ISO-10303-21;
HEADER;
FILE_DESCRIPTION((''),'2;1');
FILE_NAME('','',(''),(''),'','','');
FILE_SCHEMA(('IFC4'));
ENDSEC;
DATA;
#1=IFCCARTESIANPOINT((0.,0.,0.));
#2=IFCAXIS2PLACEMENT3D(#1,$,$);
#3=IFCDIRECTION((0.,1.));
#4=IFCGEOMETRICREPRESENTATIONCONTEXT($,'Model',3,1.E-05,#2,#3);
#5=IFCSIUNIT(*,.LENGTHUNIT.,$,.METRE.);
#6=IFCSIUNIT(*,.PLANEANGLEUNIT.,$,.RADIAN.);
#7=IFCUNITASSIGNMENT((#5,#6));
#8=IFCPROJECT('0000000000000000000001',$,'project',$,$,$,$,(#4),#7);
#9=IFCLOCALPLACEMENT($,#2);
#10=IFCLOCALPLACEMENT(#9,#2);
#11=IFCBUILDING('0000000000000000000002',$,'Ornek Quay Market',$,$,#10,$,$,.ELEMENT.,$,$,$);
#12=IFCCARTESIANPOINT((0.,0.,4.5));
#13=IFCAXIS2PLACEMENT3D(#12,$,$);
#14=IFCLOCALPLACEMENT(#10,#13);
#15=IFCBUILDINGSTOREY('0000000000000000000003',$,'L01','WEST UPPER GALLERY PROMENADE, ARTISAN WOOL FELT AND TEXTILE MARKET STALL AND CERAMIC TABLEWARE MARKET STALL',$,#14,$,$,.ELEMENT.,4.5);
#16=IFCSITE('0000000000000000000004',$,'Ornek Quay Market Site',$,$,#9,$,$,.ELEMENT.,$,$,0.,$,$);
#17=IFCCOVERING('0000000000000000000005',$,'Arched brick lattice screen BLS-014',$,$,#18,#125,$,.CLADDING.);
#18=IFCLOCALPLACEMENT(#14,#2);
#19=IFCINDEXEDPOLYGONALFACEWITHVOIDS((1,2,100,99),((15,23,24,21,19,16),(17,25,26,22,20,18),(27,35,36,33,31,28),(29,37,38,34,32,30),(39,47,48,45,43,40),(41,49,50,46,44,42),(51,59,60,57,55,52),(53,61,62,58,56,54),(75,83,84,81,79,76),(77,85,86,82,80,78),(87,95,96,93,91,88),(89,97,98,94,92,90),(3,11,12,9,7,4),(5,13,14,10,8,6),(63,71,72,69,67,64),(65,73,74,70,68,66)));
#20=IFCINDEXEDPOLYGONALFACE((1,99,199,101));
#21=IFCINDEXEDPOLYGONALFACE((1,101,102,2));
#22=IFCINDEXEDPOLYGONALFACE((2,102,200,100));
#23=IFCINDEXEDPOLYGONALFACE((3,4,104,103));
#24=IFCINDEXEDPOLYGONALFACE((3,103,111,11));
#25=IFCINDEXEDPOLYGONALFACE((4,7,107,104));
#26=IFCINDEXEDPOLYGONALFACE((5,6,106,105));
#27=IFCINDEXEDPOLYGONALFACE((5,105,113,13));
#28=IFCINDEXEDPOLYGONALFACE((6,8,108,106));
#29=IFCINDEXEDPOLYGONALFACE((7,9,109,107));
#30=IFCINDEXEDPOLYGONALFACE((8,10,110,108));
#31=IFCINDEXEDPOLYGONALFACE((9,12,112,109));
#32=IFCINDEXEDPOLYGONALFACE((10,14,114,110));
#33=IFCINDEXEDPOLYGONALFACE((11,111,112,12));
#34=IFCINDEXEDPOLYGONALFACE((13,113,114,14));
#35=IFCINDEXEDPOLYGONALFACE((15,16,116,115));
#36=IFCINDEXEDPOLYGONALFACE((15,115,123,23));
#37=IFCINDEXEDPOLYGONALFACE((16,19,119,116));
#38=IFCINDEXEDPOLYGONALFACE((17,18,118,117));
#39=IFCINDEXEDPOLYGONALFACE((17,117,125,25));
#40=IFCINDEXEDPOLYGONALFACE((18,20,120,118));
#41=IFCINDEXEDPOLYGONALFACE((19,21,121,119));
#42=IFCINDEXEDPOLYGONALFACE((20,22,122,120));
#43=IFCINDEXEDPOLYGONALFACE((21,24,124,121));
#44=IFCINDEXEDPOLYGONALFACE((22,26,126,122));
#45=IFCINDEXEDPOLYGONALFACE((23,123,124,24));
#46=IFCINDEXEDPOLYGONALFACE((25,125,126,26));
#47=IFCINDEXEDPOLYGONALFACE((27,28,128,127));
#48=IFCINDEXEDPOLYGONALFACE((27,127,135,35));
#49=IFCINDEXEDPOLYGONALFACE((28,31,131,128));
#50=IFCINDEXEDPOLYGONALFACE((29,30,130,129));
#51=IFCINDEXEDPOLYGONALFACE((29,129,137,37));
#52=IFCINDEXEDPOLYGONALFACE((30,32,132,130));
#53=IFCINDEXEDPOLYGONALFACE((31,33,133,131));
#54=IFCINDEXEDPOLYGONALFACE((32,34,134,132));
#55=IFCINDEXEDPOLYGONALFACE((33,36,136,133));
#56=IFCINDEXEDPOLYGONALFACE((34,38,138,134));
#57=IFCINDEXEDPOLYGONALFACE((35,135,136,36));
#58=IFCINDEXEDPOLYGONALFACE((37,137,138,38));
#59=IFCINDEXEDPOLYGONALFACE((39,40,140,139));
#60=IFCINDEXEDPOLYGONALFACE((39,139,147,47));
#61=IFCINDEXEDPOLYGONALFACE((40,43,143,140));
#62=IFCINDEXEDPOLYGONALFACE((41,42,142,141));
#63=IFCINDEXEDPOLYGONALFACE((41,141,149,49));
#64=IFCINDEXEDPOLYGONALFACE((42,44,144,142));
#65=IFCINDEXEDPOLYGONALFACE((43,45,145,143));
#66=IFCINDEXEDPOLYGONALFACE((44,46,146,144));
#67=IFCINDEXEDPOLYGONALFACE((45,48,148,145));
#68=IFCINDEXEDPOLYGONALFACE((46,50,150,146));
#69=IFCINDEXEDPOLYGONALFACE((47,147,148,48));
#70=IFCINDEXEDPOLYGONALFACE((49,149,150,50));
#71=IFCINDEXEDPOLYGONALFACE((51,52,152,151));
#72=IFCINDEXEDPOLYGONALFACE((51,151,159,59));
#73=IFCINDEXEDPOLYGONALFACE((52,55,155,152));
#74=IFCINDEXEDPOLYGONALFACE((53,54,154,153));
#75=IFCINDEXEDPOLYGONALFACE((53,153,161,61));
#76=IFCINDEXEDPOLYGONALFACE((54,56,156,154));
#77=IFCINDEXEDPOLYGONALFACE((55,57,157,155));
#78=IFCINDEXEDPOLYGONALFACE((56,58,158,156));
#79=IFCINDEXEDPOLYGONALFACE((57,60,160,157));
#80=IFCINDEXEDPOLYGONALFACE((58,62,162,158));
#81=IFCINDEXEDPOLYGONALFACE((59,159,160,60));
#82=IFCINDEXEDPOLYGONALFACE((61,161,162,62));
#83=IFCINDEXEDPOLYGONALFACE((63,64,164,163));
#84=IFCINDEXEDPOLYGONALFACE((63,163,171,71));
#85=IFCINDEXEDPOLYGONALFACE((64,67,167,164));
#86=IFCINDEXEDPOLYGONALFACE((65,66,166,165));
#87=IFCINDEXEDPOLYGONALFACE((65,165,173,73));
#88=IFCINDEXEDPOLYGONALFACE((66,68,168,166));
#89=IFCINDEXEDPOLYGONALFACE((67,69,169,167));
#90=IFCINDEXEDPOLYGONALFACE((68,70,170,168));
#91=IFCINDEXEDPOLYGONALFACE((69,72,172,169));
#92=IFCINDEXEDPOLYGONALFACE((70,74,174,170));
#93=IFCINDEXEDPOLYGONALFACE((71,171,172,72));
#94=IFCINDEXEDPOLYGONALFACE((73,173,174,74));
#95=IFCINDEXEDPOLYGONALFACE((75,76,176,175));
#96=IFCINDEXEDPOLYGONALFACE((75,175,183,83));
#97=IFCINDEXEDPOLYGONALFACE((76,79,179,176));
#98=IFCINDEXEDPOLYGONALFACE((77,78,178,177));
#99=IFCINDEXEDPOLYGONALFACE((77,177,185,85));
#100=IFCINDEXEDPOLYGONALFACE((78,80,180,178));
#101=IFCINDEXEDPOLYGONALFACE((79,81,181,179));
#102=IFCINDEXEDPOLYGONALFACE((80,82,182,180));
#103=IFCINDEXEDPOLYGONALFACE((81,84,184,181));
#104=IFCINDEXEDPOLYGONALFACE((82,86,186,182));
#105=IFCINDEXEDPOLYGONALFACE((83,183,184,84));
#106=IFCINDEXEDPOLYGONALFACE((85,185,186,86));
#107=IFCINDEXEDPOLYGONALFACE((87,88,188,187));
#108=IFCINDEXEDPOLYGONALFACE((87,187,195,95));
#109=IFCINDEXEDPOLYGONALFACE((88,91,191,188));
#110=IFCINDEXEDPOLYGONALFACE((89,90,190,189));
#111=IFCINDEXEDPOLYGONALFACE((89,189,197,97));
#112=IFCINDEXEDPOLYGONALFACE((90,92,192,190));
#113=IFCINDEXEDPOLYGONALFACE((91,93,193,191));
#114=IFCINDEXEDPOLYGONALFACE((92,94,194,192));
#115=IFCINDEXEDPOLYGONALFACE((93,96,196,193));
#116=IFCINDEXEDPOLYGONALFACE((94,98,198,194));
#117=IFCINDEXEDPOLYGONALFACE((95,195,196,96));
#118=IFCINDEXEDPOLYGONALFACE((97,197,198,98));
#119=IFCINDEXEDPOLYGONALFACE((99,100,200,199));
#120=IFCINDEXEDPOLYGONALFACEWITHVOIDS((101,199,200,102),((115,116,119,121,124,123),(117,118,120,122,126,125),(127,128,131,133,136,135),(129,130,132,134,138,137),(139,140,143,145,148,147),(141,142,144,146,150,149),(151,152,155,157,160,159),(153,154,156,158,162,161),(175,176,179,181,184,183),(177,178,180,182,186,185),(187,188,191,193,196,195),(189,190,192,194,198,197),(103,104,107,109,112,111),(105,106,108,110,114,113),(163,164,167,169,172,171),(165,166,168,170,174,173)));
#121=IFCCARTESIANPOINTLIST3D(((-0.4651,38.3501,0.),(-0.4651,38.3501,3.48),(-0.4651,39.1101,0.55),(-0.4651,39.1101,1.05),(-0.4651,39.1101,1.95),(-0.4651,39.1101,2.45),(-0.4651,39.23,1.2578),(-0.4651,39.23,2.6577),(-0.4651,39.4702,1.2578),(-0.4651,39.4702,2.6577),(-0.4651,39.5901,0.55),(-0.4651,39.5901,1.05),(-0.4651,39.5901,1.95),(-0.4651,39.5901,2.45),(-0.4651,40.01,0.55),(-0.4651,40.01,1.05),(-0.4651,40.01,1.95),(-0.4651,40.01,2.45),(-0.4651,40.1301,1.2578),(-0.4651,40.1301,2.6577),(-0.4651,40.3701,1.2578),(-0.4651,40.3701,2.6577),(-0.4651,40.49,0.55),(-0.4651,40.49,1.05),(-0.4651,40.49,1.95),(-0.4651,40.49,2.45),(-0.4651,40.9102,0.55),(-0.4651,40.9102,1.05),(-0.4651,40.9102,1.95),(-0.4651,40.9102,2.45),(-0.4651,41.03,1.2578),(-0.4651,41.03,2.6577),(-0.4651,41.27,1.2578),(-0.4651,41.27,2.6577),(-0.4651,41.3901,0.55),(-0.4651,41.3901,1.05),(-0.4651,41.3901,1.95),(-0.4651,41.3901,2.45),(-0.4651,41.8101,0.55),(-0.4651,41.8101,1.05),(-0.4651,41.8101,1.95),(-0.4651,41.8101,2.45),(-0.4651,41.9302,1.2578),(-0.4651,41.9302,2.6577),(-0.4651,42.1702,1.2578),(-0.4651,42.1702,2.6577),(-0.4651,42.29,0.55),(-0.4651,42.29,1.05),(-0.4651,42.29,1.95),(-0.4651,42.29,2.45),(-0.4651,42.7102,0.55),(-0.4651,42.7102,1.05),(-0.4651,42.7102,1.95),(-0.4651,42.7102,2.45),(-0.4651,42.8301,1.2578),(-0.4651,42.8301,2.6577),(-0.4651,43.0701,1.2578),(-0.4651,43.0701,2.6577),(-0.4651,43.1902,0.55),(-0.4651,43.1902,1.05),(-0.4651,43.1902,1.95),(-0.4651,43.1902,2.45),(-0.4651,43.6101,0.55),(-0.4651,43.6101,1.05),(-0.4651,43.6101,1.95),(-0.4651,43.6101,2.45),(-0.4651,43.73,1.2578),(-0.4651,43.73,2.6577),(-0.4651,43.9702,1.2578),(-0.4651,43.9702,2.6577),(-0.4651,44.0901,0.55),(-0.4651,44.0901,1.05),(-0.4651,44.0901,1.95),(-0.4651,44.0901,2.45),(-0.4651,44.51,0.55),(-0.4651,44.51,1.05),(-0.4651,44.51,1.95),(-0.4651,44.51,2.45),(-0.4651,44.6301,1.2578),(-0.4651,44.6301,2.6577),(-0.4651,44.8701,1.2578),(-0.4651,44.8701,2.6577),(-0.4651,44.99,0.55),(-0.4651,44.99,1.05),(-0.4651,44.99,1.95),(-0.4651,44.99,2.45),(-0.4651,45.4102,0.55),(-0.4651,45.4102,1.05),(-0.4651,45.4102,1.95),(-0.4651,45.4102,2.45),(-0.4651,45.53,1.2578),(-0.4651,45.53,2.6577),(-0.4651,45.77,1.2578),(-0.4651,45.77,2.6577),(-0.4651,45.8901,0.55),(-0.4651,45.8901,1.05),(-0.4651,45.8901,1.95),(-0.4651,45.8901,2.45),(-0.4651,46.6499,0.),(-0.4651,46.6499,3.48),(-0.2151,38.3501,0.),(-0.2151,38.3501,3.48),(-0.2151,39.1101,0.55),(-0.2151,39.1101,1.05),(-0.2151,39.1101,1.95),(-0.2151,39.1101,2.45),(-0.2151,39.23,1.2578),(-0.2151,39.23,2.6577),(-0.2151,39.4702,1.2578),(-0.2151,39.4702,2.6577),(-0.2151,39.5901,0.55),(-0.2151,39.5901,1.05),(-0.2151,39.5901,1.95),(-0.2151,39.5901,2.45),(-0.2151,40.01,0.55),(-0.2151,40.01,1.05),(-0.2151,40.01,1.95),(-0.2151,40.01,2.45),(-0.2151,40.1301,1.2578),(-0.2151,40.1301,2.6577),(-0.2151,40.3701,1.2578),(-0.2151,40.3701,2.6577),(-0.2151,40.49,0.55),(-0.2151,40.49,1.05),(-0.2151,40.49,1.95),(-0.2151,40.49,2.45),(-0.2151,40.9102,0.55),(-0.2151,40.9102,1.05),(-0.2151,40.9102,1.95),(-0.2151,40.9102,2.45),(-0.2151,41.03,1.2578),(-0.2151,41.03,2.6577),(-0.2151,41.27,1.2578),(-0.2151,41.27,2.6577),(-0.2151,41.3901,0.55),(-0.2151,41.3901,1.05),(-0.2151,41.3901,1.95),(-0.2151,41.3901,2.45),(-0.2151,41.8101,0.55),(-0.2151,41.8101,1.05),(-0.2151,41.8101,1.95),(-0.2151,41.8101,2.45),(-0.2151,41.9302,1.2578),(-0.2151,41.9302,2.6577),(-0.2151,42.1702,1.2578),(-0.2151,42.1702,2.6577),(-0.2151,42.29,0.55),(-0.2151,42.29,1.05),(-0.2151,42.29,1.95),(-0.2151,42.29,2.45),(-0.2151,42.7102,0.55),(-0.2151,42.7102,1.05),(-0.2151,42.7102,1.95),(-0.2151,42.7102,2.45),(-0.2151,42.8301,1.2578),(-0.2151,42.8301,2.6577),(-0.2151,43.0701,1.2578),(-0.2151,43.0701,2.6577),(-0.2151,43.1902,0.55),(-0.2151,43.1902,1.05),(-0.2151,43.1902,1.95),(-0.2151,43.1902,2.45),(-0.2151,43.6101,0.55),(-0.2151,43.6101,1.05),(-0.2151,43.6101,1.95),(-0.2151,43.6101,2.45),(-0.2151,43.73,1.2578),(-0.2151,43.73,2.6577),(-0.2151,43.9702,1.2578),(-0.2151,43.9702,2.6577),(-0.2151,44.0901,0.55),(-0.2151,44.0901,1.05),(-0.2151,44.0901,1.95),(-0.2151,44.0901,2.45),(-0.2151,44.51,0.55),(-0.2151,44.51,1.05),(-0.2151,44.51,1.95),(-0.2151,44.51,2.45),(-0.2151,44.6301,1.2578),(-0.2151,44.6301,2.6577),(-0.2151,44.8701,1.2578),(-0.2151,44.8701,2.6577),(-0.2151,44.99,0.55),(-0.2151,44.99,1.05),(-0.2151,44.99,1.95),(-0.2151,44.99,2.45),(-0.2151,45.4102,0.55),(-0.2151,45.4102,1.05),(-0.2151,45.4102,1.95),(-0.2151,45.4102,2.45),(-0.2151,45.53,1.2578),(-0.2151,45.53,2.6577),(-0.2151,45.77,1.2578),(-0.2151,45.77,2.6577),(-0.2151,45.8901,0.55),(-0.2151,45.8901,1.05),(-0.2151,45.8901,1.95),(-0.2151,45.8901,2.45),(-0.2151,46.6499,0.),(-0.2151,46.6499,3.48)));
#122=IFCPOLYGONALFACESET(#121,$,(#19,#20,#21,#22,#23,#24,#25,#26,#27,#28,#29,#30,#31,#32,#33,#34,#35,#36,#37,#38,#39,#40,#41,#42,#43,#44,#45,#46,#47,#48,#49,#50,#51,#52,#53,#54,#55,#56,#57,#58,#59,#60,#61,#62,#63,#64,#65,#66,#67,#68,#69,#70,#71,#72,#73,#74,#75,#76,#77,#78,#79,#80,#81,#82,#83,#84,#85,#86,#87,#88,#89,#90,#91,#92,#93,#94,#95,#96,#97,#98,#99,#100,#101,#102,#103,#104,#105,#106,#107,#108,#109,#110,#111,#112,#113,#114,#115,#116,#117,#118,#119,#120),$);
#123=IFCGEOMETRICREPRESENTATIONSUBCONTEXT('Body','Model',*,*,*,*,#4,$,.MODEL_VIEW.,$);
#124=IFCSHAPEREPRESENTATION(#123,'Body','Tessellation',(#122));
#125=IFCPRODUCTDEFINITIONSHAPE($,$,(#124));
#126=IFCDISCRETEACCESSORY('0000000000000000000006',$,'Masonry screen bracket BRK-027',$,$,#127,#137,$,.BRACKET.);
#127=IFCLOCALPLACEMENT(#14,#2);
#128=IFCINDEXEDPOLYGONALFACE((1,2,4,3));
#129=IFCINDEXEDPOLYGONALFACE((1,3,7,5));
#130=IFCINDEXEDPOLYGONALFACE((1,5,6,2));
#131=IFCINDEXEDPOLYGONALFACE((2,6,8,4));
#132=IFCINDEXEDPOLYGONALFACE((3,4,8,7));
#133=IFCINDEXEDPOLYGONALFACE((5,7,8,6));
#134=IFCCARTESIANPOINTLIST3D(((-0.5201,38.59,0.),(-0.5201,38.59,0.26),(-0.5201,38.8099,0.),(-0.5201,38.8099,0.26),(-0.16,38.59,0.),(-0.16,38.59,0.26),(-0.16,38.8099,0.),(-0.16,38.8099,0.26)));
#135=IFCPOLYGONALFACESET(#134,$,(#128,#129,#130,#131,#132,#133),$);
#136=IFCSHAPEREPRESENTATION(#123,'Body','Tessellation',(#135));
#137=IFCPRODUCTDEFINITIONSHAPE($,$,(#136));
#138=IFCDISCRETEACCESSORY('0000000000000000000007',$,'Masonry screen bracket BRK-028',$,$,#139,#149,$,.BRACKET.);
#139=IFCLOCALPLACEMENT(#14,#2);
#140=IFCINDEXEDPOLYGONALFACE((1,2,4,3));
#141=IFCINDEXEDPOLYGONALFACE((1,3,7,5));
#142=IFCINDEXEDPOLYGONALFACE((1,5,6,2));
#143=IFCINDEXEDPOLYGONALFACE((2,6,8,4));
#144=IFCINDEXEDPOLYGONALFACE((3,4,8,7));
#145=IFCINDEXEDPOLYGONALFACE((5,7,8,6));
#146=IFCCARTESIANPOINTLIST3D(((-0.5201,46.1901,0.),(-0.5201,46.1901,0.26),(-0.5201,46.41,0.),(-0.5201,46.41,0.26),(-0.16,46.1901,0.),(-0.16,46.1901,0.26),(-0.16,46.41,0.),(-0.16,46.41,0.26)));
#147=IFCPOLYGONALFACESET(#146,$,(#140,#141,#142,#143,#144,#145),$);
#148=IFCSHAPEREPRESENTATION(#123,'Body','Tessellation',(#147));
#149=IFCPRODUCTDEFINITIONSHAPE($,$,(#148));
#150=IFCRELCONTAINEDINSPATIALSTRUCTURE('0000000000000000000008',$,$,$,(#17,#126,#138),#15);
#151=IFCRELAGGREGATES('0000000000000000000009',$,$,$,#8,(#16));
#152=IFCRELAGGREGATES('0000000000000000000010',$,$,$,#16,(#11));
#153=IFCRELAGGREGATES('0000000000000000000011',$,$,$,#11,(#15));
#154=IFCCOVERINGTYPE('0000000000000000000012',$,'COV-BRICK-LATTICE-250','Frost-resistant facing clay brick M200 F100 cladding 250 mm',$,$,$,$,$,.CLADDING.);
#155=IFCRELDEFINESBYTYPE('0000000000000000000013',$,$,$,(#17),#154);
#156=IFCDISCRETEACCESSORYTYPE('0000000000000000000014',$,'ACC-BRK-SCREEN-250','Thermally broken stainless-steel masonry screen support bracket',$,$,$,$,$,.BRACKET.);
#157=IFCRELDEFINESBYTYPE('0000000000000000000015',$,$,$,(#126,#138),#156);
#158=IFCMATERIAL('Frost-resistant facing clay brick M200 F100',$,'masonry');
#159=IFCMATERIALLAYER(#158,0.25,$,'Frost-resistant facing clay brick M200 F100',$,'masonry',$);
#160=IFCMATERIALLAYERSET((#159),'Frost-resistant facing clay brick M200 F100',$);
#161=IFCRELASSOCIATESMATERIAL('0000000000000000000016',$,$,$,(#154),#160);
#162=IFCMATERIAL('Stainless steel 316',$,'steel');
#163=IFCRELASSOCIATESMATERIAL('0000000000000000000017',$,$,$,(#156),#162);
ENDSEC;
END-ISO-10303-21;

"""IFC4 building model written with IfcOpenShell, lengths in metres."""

from ifc_helpers import new_model, si_unit, direction, frame, origin, origin_2d, place, context, subcontext, project, spatial, polyline, rectangle, outline, extrude, material, layer, layer_set, type_object, element, save


model = new_model("IFC4")

# Units and contexts
model_context = context("Model", 3, precision=1e-05, world=origin(), true_north=direction((0.0, 1.0)))
body_context = subcontext(model_context, "Body", "Model", "MODEL_VIEW")
ifc_project = project(units=[si_unit("LENGTHUNIT", "METRE"), si_unit("PLANEANGLEUNIT", "RADIAN")], contexts=[model_context])

# Site, building, storey
site_placement = place(None, origin())
site = spatial("IfcSite", under=ifc_project, at=site_placement, Name="Ornek Quay Market Site", CompositionType="ELEMENT", RefElevation=0.0)
building_placement = place(site_placement, origin())
building = spatial("IfcBuilding", under=site, at=building_placement, Name="Ornek Quay Market", CompositionType="ELEMENT")
storey_placement = place(building_placement, frame((0.0, 0.0, 4.5)))
storey = spatial("IfcBuildingStorey", under=building, at=storey_placement, Name="L01", Description="WEST UPPER GALLERY PROMENADE, ARTISAN WOOL FELT AND TEXTILE MARKET STALL AND CERAMIC TABLEWARE MARKET STALL", CompositionType="ELEMENT", Elevation=4.5)

# Shared definitions
ifc_material_1 = material(Name="Frost-resistant facing clay brick M200 F100", Category="masonry")

# Covering
ifc_layer_1 = layer(ifc_material_1, 0.25, Name="Frost-resistant facing clay brick M200 F100", Category="masonry")
ifc_layer_set_1 = layer_set([ifc_layer_1], Name="Frost-resistant facing clay brick M200 F100")
covering_type = type_object("IfcCoveringType", Name="COV-BRICK-LATTICE-250", Description="Frost-resistant facing clay brick M200 F100 cladding 250 mm", PredefinedType="CLADDING", material=ifc_layer_set_1)
covering_placement = place(storey_placement, frame((-0.3401, 38.3501, 0.0), z_axis=(0.0, 0.0, 1.0), x_axis=(0.0, 1.0, 0.0)))
element("IfcCovering", 1, at=covering_placement, inside=storey, type_object=covering_type, Name="Arched brick lattice screen BLS-014", PredefinedType="CLADDING", context=body_context, shape_type="SweptSolid", body=[
    extrude(outline(polyline([(0.0, 0.0), (8.2998, 0.0), (8.2998, 3.48), (0.0, 3.48), (0.0, 0.0)]), holes=[polyline([(0.76, 0.55), (1.24, 0.55), (1.24, 1.05), (1.1201, 1.2578), (0.8799, 1.2578), (0.76, 1.05), (0.76, 0.55)]), polyline([(0.76, 1.95), (1.24, 1.95), (1.24, 2.45), (1.1201, 2.6577), (0.8799, 2.6577), (0.76, 2.45), (0.76, 1.95)]), polyline([(1.6599, 0.55), (2.1399, 0.55), (2.1399, 1.05), (2.02, 1.2578), (1.78, 1.2578), (1.6599, 1.05), (1.6599, 0.55)]), polyline([(1.6599, 1.95), (2.1399, 1.95), (2.1399, 2.45), (2.02, 2.6577), (1.78, 2.6577), (1.6599, 2.45), (1.6599, 1.95)]), polyline([(2.5601, 0.55), (3.04, 0.55), (3.04, 1.05), (2.9199, 1.2578), (2.6799, 1.2578), (2.5601, 1.05), (2.5601, 0.55)]), polyline([(2.5601, 1.95), (3.04, 1.95), (3.04, 2.45), (2.9199, 2.6577), (2.6799, 2.6577), (2.5601, 2.45), (2.5601, 1.95)]), polyline([(3.46, 0.55), (3.9399, 0.55), (3.9399, 1.05), (3.8201, 1.2578), (3.5801, 1.2578), (3.46, 1.05), (3.46, 0.55)]), polyline([(3.46, 1.95), (3.9399, 1.95), (3.9399, 2.45), (3.8201, 2.6577), (3.5801, 2.6577), (3.46, 2.45), (3.46, 1.95)]), polyline([(4.3601, 0.55), (4.8401, 0.55), (4.8401, 1.05), (4.72, 1.2578), (4.48, 1.2578), (4.3601, 1.05), (4.3601, 0.55)]), polyline([(4.3601, 1.95), (4.8401, 1.95), (4.8401, 2.45), (4.72, 2.6577), (4.48, 2.6577), (4.3601, 2.45), (4.3601, 1.95)]), polyline([(5.26, 0.55), (5.74, 0.55), (5.74, 1.05), (5.6201, 1.2578), (5.3799, 1.2578), (5.26, 1.05), (5.26, 0.55)]), polyline([(5.26, 1.95), (5.74, 1.95), (5.74, 2.45), (5.6201, 2.6577), (5.3799, 2.6577), (5.26, 2.45), (5.26, 1.95)]), polyline([(6.1599, 0.55), (6.6399, 0.55), (6.6399, 1.05), (6.52, 1.2578), (6.28, 1.2578), (6.1599, 1.05), (6.1599, 0.55)]), polyline([(6.1599, 1.95), (6.6399, 1.95), (6.6399, 2.45), (6.52, 2.6577), (6.28, 2.6577), (6.1599, 2.45), (6.1599, 1.95)]), polyline([(7.0601, 0.55), (7.54, 0.55), (7.54, 1.05), (7.4199, 1.2578), (7.1799, 1.2578), (7.0601, 1.05), (7.0601, 0.55)]), polyline([(7.0601, 1.95), (7.54, 1.95), (7.54, 2.45), (7.4199, 2.6577), (7.1799, 2.6577), (7.0601, 2.45), (7.0601, 1.95)])]), frame((0.0, 0.125, 0.0), z_axis=(0.0, -1.0, 0.0), x_axis=(1.0, 0.0, 0.0)), (0.0, 0.0, 1.0), 0.25),
])

# Discrete accessories
ifc_material_2 = material(Name="Stainless steel 316", Category="steel")
discrete_accessory_type = type_object("IfcDiscreteAccessoryType", Name="ACC-BRK-SCREEN-250", Description="Thermally broken stainless-steel masonry screen support bracket", PredefinedType="BRACKET", material=ifc_material_2)
for number, where, z_axis, x_axis, name in (
    (2, (-0.3401, 38.7, 0.0), (0.0, 0.0, 1.0), (0.0, 1.0, 0.0), "Masonry screen bracket BRK-027"),
    (3, (-0.3401, 46.3, 0.0), (0.0, 0.0, 1.0), (0.0, 1.0, 0.0), "Masonry screen bracket BRK-028"),
):
    element("IfcDiscreteAccessory", number, at=place(storey_placement, frame(where, z_axis=z_axis, x_axis=x_axis)), inside=storey, type_object=discrete_accessory_type, Name=name, PredefinedType="BRACKET", context=body_context, shape_type="SweptSolid", body=[
        extrude(rectangle(XDim=0.22, YDim=0.3601, at=origin_2d()), origin(), (0.0, 0.0, 1.0), 0.26),
    ])

save(model, "model.ifc")
